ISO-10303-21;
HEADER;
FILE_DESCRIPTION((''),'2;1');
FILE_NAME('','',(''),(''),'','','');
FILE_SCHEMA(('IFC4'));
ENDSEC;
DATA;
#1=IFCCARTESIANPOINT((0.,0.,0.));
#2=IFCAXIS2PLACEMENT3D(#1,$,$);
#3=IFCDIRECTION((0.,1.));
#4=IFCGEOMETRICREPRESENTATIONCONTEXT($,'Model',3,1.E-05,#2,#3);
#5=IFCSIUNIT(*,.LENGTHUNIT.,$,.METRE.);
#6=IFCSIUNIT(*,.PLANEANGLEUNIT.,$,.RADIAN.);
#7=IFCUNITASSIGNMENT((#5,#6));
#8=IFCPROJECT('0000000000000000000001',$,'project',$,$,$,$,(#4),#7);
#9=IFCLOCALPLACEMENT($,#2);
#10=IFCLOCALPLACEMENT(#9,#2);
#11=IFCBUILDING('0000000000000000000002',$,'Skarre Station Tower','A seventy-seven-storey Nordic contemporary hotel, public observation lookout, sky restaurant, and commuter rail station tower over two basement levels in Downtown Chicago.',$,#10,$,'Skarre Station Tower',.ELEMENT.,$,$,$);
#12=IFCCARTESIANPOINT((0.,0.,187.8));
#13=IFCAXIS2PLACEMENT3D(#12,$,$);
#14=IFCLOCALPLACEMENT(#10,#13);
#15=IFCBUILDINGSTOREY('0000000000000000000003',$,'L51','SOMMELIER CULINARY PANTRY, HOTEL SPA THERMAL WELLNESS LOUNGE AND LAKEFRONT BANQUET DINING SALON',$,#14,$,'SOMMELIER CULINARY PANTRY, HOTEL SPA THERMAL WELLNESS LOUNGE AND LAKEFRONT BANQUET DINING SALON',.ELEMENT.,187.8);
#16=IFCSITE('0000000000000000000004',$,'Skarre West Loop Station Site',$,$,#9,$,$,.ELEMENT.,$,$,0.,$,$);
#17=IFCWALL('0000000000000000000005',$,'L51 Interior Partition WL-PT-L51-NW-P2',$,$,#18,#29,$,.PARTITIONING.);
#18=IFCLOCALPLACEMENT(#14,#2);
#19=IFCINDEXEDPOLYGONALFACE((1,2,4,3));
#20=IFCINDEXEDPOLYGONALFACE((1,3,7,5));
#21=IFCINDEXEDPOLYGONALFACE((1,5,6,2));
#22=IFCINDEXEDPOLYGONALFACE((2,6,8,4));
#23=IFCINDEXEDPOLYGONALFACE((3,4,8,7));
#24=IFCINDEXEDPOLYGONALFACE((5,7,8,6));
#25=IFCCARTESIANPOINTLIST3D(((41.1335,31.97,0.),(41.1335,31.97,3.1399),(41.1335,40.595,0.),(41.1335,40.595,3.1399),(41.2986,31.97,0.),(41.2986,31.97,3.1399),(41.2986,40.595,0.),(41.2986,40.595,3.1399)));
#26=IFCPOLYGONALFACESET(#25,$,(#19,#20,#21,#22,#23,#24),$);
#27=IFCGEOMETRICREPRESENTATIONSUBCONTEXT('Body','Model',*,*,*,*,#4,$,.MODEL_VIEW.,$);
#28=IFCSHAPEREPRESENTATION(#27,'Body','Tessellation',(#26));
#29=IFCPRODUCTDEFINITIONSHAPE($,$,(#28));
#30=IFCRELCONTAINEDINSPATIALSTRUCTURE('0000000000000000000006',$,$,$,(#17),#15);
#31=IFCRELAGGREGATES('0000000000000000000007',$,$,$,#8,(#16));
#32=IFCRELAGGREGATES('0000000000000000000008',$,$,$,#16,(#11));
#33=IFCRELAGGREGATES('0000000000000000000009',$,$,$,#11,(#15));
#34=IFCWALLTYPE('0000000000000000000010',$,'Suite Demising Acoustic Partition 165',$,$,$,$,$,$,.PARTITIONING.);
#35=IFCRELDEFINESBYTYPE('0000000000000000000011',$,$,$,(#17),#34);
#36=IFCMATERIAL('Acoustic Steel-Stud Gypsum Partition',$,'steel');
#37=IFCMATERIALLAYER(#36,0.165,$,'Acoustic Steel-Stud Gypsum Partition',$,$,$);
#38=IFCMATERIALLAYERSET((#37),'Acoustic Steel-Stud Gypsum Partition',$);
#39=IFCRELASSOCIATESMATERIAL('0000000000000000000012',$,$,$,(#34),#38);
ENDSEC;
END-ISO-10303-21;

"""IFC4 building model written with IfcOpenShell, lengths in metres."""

from ifc_helpers import new_model, si_unit, direction, frame, frame_2d, origin, place, context, subcontext, project, spatial, rectangle, extrude, material, layer, layer_set, type_object, element, save


model = new_model("IFC4")

# Units and contexts
model_context = context("Model", 3, precision=1e-05, world=origin(), true_north=direction((0.0, 1.0)))
body_context = subcontext(model_context, "Body", "Model", "MODEL_VIEW")
ifc_project = project(units=[si_unit("LENGTHUNIT", "METRE"), si_unit("PLANEANGLEUNIT", "RADIAN")], contexts=[model_context])

# Site, building, storey
site_placement = place(None, origin())
site = spatial("IfcSite", under=ifc_project, at=site_placement, Name="Skarre West Loop Station Site", CompositionType="ELEMENT", RefElevation=0.0)
building_placement = place(site_placement, origin())
building = spatial("IfcBuilding", under=site, at=building_placement, Name="Skarre Station Tower", Description="A seventy-seven-storey Nordic contemporary hotel, public observation lookout, sky restaurant, and commuter rail station tower over two basement levels in Downtown Chicago.", LongName="Skarre Station Tower", CompositionType="ELEMENT")
storey_placement = place(building_placement, frame((0.0, 0.0, 187.8)))
storey = spatial("IfcBuildingStorey", under=building, at=storey_placement, Name="L51", Description="SOMMELIER CULINARY PANTRY, HOTEL SPA THERMAL WELLNESS LOUNGE AND LAKEFRONT BANQUET DINING SALON", LongName="SOMMELIER CULINARY PANTRY, HOTEL SPA THERMAL WELLNESS LOUNGE AND LAKEFRONT BANQUET DINING SALON", CompositionType="ELEMENT", Elevation=187.8)

# Shared definitions
ifc_material_1 = material(Name="Acoustic Steel-Stud Gypsum Partition", Category="steel")

# Wall
ifc_layer_1 = layer(ifc_material_1, 0.165, Name="Acoustic Steel-Stud Gypsum Partition")
ifc_layer_set_1 = layer_set([ifc_layer_1], Name="Acoustic Steel-Stud Gypsum Partition")
wall_type_1 = type_object("IfcWallType", Name="Suite Demising Acoustic Partition 165", PredefinedType="PARTITIONING", material=ifc_layer_set_1)
wall_1_placement = place(storey_placement, frame((41.2161, 31.97, 0.0), z_axis=(0.0, 0.0, 1.0), x_axis=(0.0, 1.0, 0.0)))
element("IfcWall", 1, at=wall_1_placement, inside=storey, type_object=wall_type_1, Name="L51 Interior Partition WL-PT-L51-NW-P2", PredefinedType="PARTITIONING", context=body_context, shape_type="SweptSolid", body=[
    extrude(rectangle(XDim=8.625, YDim=0.165, at=frame_2d((4.3125, 0.0))), origin(), (0.0, 0.0, 1.0), 3.1399),
])

save(model, "model.ifc")
